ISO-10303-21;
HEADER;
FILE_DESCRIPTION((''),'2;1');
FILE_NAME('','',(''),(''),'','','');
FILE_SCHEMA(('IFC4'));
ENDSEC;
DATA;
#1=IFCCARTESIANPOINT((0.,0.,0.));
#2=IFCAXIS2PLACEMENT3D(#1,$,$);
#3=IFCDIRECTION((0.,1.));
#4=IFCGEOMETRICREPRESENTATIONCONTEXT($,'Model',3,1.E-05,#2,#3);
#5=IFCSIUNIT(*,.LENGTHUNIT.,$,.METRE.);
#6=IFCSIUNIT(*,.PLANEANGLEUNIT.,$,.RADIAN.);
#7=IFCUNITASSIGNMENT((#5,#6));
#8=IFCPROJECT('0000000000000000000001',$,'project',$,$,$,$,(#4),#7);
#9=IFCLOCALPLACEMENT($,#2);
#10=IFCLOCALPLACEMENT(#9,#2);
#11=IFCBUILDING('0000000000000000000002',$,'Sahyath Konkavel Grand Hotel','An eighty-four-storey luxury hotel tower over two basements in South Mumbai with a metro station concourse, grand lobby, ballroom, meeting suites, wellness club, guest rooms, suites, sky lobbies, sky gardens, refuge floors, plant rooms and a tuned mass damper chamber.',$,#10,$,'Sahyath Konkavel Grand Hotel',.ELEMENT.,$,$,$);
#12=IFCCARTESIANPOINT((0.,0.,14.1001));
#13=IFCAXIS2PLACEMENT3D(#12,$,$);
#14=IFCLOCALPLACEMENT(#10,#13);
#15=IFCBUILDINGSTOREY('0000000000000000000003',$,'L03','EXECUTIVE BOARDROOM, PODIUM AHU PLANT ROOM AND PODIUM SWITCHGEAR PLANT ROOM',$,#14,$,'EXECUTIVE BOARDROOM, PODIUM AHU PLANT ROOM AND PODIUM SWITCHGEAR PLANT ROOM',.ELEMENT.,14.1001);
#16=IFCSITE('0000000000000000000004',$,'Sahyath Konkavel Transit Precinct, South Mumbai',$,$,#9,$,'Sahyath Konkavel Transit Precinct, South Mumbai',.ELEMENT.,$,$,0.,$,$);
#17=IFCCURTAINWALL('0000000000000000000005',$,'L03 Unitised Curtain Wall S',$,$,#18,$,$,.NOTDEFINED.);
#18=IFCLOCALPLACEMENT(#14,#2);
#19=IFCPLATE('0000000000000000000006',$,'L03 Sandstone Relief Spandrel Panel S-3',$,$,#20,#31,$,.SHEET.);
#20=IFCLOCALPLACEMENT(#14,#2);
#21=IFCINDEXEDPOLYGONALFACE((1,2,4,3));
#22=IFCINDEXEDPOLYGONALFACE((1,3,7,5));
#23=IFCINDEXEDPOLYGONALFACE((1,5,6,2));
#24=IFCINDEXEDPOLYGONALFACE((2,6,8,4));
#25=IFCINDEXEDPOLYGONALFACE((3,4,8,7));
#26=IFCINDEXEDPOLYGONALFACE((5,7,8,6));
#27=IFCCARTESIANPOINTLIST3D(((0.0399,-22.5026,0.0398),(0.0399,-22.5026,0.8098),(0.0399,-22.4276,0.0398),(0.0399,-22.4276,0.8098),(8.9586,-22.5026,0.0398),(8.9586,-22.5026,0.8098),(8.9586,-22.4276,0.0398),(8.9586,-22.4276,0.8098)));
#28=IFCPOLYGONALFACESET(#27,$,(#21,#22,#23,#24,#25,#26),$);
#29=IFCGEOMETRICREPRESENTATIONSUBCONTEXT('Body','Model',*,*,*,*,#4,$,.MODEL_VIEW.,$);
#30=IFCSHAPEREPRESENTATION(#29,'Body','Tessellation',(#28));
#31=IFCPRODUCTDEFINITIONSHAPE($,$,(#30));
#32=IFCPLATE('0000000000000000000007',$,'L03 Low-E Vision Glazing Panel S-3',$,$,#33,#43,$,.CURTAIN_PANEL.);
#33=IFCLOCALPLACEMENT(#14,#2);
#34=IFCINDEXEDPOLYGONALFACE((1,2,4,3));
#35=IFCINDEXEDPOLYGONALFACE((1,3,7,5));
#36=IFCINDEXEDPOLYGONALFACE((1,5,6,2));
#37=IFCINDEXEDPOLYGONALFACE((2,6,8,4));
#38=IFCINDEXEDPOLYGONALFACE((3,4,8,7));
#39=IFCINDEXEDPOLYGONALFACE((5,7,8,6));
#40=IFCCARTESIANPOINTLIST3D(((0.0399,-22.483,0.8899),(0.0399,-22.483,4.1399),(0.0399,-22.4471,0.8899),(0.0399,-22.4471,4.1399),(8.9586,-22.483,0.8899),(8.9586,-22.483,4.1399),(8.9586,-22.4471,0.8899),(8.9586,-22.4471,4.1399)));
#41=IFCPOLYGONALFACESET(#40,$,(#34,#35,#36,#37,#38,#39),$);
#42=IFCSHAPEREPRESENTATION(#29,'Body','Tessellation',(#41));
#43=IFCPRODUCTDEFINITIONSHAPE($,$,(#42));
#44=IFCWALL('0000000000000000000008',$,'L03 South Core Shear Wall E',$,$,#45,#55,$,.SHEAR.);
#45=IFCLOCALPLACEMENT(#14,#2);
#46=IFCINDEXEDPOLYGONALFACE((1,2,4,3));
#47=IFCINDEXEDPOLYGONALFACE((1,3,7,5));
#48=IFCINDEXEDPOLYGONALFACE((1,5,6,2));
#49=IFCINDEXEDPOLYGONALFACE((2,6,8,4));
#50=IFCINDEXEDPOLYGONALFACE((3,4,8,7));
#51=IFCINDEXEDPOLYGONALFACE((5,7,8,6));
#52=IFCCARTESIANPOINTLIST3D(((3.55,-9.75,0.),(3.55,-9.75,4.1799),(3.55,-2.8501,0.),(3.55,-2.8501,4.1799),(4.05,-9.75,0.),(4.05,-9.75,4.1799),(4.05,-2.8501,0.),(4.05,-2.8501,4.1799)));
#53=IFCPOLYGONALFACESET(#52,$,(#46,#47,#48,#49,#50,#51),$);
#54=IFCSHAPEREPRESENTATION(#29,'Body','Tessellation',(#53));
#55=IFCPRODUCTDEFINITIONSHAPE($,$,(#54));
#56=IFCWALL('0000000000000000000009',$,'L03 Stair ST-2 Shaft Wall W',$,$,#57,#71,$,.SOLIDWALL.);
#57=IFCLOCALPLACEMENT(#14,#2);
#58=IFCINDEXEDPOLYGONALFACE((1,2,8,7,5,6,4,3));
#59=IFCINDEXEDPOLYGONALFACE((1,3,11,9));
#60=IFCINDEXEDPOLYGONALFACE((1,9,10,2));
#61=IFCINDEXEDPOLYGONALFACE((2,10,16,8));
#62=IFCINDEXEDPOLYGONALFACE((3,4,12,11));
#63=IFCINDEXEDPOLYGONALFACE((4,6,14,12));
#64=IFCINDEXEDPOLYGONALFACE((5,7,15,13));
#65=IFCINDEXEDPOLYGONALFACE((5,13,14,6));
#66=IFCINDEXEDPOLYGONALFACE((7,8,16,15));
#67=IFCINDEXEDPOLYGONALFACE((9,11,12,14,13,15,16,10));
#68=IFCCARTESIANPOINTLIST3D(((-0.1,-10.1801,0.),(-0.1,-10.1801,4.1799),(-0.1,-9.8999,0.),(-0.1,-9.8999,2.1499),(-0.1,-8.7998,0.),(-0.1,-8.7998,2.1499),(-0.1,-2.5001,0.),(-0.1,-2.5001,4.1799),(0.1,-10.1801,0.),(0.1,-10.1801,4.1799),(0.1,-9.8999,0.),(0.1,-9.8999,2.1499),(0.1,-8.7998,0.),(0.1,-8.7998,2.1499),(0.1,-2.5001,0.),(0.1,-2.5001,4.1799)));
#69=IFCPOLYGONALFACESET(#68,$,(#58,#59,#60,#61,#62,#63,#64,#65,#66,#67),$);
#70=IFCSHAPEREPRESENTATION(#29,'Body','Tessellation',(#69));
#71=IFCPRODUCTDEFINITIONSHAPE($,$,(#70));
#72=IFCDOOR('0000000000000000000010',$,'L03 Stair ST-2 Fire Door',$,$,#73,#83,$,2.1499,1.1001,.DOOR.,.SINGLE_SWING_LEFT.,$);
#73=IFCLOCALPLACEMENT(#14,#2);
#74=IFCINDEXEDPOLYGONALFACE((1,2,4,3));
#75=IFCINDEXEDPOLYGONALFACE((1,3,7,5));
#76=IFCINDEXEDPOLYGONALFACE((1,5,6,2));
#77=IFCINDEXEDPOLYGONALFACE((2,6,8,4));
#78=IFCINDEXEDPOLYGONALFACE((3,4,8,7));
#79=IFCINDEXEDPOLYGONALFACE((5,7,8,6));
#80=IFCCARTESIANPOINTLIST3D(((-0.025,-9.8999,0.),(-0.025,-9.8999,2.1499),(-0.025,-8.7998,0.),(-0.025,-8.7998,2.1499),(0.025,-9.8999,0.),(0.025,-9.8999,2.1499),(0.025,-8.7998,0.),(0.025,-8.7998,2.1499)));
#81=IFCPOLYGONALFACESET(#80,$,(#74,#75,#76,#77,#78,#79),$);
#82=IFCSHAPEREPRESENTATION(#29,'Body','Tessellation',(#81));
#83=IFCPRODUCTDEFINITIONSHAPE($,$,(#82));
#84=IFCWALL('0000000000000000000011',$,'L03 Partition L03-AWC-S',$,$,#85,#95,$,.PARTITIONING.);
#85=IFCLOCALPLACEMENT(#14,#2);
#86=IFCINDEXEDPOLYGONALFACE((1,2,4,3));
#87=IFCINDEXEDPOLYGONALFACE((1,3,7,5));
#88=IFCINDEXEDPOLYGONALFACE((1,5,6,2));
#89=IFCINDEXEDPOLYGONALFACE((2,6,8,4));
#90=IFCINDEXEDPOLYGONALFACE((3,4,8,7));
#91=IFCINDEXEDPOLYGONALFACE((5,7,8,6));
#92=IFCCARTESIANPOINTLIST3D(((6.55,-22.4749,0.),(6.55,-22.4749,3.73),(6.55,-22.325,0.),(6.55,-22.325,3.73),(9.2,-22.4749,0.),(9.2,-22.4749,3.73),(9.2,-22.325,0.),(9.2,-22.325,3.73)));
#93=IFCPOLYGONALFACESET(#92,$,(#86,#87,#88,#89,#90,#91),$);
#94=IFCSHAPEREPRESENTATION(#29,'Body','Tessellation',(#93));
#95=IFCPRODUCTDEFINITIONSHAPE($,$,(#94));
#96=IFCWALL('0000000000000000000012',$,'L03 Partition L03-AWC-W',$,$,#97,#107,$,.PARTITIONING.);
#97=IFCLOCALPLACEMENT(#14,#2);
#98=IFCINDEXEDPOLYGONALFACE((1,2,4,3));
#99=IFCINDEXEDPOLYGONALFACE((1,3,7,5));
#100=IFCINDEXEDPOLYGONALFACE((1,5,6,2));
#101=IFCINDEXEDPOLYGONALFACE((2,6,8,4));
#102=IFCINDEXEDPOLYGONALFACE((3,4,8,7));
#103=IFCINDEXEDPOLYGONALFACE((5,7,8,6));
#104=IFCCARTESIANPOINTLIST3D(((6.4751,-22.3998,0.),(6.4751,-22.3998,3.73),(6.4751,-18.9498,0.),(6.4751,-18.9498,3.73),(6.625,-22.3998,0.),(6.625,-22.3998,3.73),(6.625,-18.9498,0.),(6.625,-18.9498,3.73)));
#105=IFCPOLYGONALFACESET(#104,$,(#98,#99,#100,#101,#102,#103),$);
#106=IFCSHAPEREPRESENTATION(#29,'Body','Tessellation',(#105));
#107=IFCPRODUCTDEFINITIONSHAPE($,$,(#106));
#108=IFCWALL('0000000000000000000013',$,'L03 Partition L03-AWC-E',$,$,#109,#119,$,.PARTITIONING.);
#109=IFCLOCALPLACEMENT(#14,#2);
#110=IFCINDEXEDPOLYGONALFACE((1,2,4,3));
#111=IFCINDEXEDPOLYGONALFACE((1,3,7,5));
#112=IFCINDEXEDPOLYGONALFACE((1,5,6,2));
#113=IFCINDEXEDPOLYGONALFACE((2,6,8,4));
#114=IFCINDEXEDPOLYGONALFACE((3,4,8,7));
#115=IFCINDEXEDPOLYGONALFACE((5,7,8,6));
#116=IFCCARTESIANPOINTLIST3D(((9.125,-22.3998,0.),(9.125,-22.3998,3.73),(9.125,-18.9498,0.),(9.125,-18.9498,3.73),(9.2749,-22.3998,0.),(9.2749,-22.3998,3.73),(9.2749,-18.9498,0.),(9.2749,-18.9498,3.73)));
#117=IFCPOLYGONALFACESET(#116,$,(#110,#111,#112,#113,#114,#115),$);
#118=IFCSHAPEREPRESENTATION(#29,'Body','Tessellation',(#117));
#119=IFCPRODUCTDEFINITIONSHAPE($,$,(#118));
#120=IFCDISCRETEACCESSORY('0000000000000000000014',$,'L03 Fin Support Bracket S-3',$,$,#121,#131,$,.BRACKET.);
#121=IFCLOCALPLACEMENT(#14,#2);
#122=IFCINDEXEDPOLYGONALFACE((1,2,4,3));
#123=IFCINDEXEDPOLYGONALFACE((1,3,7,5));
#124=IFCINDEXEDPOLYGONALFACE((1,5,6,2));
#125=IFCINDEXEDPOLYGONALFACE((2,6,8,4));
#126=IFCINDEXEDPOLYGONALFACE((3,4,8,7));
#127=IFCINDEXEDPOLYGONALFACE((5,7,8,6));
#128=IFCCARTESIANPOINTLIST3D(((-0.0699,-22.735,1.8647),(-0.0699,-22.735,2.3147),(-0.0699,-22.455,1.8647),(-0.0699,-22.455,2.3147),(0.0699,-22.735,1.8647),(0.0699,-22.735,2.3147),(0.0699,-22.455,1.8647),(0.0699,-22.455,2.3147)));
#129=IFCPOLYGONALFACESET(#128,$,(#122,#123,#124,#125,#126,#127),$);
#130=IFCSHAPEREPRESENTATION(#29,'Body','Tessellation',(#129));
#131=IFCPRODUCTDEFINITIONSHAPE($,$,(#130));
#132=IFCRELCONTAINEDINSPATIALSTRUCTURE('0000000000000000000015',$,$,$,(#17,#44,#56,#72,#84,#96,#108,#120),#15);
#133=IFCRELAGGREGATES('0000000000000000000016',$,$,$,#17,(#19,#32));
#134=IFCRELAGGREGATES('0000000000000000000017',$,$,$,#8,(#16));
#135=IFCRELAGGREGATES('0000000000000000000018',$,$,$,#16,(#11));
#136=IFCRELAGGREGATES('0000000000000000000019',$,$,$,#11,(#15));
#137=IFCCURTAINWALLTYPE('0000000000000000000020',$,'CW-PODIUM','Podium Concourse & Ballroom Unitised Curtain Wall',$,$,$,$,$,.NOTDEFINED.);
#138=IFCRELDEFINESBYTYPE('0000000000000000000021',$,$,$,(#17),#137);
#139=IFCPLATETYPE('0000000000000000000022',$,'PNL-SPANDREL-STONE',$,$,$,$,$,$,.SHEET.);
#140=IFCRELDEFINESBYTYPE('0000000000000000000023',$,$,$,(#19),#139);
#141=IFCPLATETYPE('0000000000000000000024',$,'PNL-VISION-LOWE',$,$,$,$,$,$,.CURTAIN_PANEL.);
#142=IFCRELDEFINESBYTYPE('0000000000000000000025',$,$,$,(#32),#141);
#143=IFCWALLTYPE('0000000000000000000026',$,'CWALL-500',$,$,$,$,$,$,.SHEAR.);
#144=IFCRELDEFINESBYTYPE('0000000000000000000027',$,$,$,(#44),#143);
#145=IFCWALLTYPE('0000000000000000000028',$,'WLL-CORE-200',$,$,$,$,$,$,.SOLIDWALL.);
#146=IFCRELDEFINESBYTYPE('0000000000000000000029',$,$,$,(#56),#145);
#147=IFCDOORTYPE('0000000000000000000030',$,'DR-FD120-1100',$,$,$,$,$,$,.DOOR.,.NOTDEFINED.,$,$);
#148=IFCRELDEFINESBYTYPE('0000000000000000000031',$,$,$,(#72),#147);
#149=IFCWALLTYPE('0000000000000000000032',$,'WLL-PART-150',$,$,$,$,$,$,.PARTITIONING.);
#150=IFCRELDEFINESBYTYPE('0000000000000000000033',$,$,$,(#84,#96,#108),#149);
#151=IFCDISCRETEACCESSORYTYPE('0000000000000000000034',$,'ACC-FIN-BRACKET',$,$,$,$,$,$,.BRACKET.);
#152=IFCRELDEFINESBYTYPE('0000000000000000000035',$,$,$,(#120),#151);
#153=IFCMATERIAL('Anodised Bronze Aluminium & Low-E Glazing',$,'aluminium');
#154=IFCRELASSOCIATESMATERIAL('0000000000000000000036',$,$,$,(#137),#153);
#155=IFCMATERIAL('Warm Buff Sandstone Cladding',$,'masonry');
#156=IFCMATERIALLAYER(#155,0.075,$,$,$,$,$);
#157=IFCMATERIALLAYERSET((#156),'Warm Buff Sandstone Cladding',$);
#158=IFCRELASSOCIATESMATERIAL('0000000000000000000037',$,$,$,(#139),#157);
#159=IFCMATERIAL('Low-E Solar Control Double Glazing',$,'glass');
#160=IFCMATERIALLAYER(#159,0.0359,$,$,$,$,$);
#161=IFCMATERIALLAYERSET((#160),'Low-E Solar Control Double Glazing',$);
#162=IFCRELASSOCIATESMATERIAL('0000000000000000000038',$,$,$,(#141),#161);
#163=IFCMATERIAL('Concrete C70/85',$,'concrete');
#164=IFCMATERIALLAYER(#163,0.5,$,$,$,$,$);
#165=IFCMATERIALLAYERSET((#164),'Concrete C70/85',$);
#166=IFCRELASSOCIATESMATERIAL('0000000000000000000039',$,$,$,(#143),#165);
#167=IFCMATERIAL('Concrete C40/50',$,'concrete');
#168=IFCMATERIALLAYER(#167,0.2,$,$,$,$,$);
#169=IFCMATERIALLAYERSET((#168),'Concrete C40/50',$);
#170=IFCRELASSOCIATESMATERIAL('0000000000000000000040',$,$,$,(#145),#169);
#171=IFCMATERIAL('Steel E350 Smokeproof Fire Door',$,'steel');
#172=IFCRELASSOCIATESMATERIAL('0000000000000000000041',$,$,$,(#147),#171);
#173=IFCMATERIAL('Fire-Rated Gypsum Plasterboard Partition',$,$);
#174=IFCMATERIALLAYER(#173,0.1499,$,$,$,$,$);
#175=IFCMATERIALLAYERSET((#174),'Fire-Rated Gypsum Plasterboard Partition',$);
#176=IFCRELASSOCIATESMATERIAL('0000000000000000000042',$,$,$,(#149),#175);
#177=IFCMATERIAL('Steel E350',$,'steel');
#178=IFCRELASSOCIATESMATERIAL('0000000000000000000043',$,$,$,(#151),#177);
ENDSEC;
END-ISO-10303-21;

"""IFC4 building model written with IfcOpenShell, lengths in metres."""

from ifc_helpers import new_model, si_unit, direction, frame, frame_2d, origin, origin_2d, place, context, subcontext, project, spatial, rectangle, extrude, source, transform, mapped, material, layer, layer_set, type_object, element, fill, aggregate, save


model = new_model("IFC4")

# Units and contexts
model_context = context("Model", 3, precision=1e-05, world=origin(), true_north=direction((0.0, 1.0)))
body_context = subcontext(model_context, "Body", "Model", "MODEL_VIEW")
ifc_project = project(units=[si_unit("LENGTHUNIT", "METRE"), si_unit("PLANEANGLEUNIT", "RADIAN")], contexts=[model_context])

# Site, building, storey
site_placement = place(None, origin())
site = spatial("IfcSite", under=ifc_project, at=site_placement, Name="Sahyath Konkavel Transit Precinct, South Mumbai", LongName="Sahyath Konkavel Transit Precinct, South Mumbai", CompositionType="ELEMENT", RefElevation=0.0)
building_placement = place(site_placement, origin())
building = spatial("IfcBuilding", under=site, at=building_placement, Name="Sahyath Konkavel Grand Hotel", Description="An eighty-four-storey luxury hotel tower over two basements in South Mumbai with a metro station concourse, grand lobby, ballroom, meeting suites, wellness club, guest rooms, suites, sky lobbies, sky gardens, refuge floors, plant rooms and a tuned mass damper chamber.", LongName="Sahyath Konkavel Grand Hotel", CompositionType="ELEMENT")
storey_placement = place(building_placement, frame((0.0, 0.0, 14.1001)))
storey = spatial("IfcBuildingStorey", under=building, at=storey_placement, Name="L03", Description="EXECUTIVE BOARDROOM, PODIUM AHU PLANT ROOM AND PODIUM SWITCHGEAR PLANT ROOM", LongName="EXECUTIVE BOARDROOM, PODIUM AHU PLANT ROOM AND PODIUM SWITCHGEAR PLANT ROOM", CompositionType="ELEMENT", Elevation=14.1001)

# Shared definitions
ifc_material_1 = material(Name="Concrete C70/85", Category="concrete")

# Shared definitions
ifc_material_2 = material(Name="Steel E350", Category="steel")

# Curtain wall
ifc_material_3 = material(Name="Anodised Bronze Aluminium & Low-E Glazing", Category="aluminium")
curtain_wall_type = type_object("IfcCurtainWallType", Name="CW-PODIUM", Description="Podium Concourse & Ballroom Unitised Curtain Wall", PredefinedType="NOTDEFINED", material=ifc_material_3)
curtain_wall_placement = place(storey_placement, origin())
curtain_wall = element("IfcCurtainWall", 1, at=curtain_wall_placement, inside=storey, type_object=curtain_wall_type, Name="L03 Unitised Curtain Wall S", PredefinedType="NOTDEFINED")

# Plates
ifc_material_4 = material(Name="Warm Buff Sandstone Cladding", Category="masonry")
ifc_layer_1 = layer(ifc_material_4, 0.075)
ifc_layer_set_1 = layer_set([ifc_layer_1], Name="Warm Buff Sandstone Cladding")
plate_type_1 = type_object("IfcPlateType", Name="PNL-SPANDREL-STONE", PredefinedType="SHEET", material=ifc_layer_set_1)
shared_shape_1 = source(origin(), body_context, "Body", "SweptSolid", [
    extrude(rectangle(XDim=8.9187, YDim=0.075, at=origin_2d()), origin(), (0.0, 0.0, 1.0), 0.77),
])
plate_1_placement = place(storey_placement, frame((4.4993, -22.4651, 0.0398), z_axis=(0.0, 0.0, 1.0), x_axis=(1.0, 0.0, 0.0)))
plate_1 = element("IfcPlate", 2, at=plate_1_placement, type_object=plate_type_1, Name="L03 Sandstone Relief Spandrel Panel S-3", PredefinedType="SHEET", context=body_context, shape_type="MappedRepresentation", body=[
    mapped(shared_shape_1, transform((0.0, 0.0, 0.0), scale=1.0)),
])
ifc_material_5 = material(Name="Low-E Solar Control Double Glazing", Category="glass")
ifc_layer_2 = layer(ifc_material_5, 0.0359)
ifc_layer_set_2 = layer_set([ifc_layer_2], Name="Low-E Solar Control Double Glazing")
plate_type_2 = type_object("IfcPlateType", Name="PNL-VISION-LOWE", PredefinedType="CURTAIN_PANEL", material=ifc_layer_set_2)
shared_shape_2 = source(origin(), body_context, "Body", "SweptSolid", [
    extrude(rectangle(XDim=8.9187, YDim=0.0359, at=origin_2d()), origin(), (0.0, 0.0, 1.0), 3.25),
])
plate_2_placement = place(storey_placement, frame((4.4993, -22.4651, 0.8899), z_axis=(0.0, 0.0, 1.0), x_axis=(1.0, 0.0, 0.0)))
plate_2 = element("IfcPlate", 3, at=plate_2_placement, type_object=plate_type_2, Name="L03 Low-E Vision Glazing Panel S-3", PredefinedType="CURTAIN_PANEL", context=body_context, shape_type="MappedRepresentation", body=[
    mapped(shared_shape_2, transform((0.0, 0.0, 0.0), scale=1.0)),
])
aggregate(curtain_wall, [plate_1, plate_2])

# Wall
ifc_layer_3 = layer(ifc_material_1, 0.5)
ifc_layer_set_3 = layer_set([ifc_layer_3], Name="Concrete C70/85")
wall_type_1 = type_object("IfcWallType", Name="CWALL-500", PredefinedType="SHEAR", material=ifc_layer_set_3)
wall_1_placement = place(storey_placement, frame((3.8, -9.75, 0.0), z_axis=(0.0, 0.0, 1.0), x_axis=(0.0, 1.0, 0.0)))
element("IfcWall", 4, at=wall_1_placement, inside=storey, type_object=wall_type_1, Name="L03 South Core Shear Wall E", PredefinedType="SHEAR", context=body_context, shape_type="SweptSolid", body=[
    extrude(rectangle(XDim=6.8999, YDim=0.5, at=frame_2d((3.45, 0.0))), origin(), (0.0, 0.0, 1.0), 4.1799),
])

# Wall, opening, door
ifc_material_6 = material(Name="Concrete C40/50", Category="concrete")
ifc_layer_4 = layer(ifc_material_6, 0.2)
ifc_layer_set_4 = layer_set([ifc_layer_4], Name="Concrete C40/50")
wall_type_2 = type_object("IfcWallType", Name="WLL-CORE-200", PredefinedType="SOLIDWALL", material=ifc_layer_set_4)
wall_2_placement = place(storey_placement, frame((0.0, -10.1799, 0.0), z_axis=(0.0, 0.0, 1.0), x_axis=(0.0, 1.0, 0.0)))
wall_2 = element("IfcWall", 5, at=wall_2_placement, inside=storey, type_object=wall_type_2, Name="L03 Stair ST-2 Shaft Wall W", PredefinedType="SOLIDWALL", context=body_context, shape_type="SweptSolid", body=[
    extrude(rectangle(XDim=7.6799, YDim=0.2, at=frame_2d((3.8398, 0.0))), origin(), (0.0, 0.0, 1.0), 4.1799),
])
opening_1_placement = place(wall_2_placement, frame((0.28, 0.0, 0.0)))
opening_1 = element("IfcOpeningElement", 6, at=opening_1_placement, cuts=wall_2, PredefinedType="OPENING", context=body_context, shape_type="SweptSolid", body=[
    extrude(rectangle(XDim=1.1001, YDim=2.1499, at=frame_2d((0.55, 1.075))), frame((0.0, 0.1099, 0.0), z_axis=(0.0, -1.0, 0.0), x_axis=(1.0, 0.0, 0.0)), (0.0, 0.0, 1.0), 0.22),
])
ifc_material_7 = material(Name="Steel E350 Smokeproof Fire Door", Category="steel")
door_type_1 = type_object("IfcDoorType", Name="DR-FD120-1100", OperationType="NOTDEFINED", PredefinedType="DOOR", material=ifc_material_7)
shared_shape_3 = source(origin(), body_context, "Body", "SweptSolid", [
    extrude(rectangle(XDim=1.1001, YDim=0.05, at=origin_2d()), origin(), (0.0, 0.0, 1.0), 2.1499),
])
door_1_placement = place(opening_1_placement, frame((0.55, 0.0, 0.0)))
door_1 = element("IfcDoor", 7, at=door_1_placement, inside=storey, type_object=door_type_1, Name="L03 Stair ST-2 Fire Door", OperationType="SINGLE_SWING_LEFT", OverallHeight=2.1499, OverallWidth=1.1001, PredefinedType="DOOR", context=body_context, shape_type="MappedRepresentation", body=[
    mapped(shared_shape_3, transform((0.0, 0.0, 0.0), scale=1.0)),
])
fill(opening_1, door_1)
ifc_material_8 = material(Name="Fire-Rated Gypsum Plasterboard Partition")
ifc_layer_5 = layer(ifc_material_8, 0.1499)
ifc_layer_set_5 = layer_set([ifc_layer_5], Name="Fire-Rated Gypsum Plasterboard Partition")
wall_type_3 = type_object("IfcWallType", Name="WLL-PART-150", PredefinedType="PARTITIONING", material=ifc_layer_set_5)

# Walls
wall_3_placement = place(storey_placement, frame((6.55, -22.3999, 0.0), z_axis=(0.0, 0.0, 1.0), x_axis=(1.0, 0.0, 0.0)))
element("IfcWall", 8, at=wall_3_placement, inside=storey, type_object=wall_type_3, Name="L03 Partition L03-AWC-S", PredefinedType="PARTITIONING", context=body_context, shape_type="SweptSolid", body=[
    extrude(rectangle(XDim=2.6499, YDim=0.1499, at=frame_2d((1.325, 0.0))), origin(), (0.0, 0.0, 1.0), 3.73),
])
for number, where, z_axis, x_axis, name in (
    (9, (6.55, -22.3999, 0.0), (0.0, 0.0, 1.0), (0.0, 1.0, 0.0), "L03 Partition L03-AWC-W"),
    (10, (9.2, -22.3999, 0.0), (0.0, 0.0, 1.0), (0.0, 1.0, 0.0), "L03 Partition L03-AWC-E"),
):
    element("IfcWall", number, at=place(storey_placement, frame(where, z_axis=z_axis, x_axis=x_axis)), inside=storey, type_object=wall_type_3, Name=name, PredefinedType="PARTITIONING", context=body_context, shape_type="SweptSolid", body=[
        extrude(rectangle(XDim=3.45, YDim=0.1499, at=frame_2d((1.7251, 0.0))), origin(), (0.0, 0.0, 1.0), 3.73),
    ])

# Discrete accessory
discrete_accessory_type = type_object("IfcDiscreteAccessoryType", Name="ACC-FIN-BRACKET", PredefinedType="BRACKET", material=ifc_material_2)
shared_shape_4 = source(origin(), body_context, "Body", "SweptSolid", [
    extrude(rectangle(XDim=0.28, YDim=0.1399, at=origin_2d()), origin(), (0.0, 0.0, 1.0), 0.45),
])
discrete_accessory_placement = place(storey_placement, frame((0.0, -22.595, 1.8647), z_axis=(0.0, 0.0, 1.0), x_axis=(0.0, -1.0, 0.0)))
element("IfcDiscreteAccessory", 11, at=discrete_accessory_placement, inside=storey, type_object=discrete_accessory_type, Name="L03 Fin Support Bracket S-3", PredefinedType="BRACKET", context=body_context, shape_type="MappedRepresentation", body=[
    mapped(shared_shape_4, transform((0.0, 0.0, 0.0), scale=1.0)),
])

save(model, "model.ifc")
